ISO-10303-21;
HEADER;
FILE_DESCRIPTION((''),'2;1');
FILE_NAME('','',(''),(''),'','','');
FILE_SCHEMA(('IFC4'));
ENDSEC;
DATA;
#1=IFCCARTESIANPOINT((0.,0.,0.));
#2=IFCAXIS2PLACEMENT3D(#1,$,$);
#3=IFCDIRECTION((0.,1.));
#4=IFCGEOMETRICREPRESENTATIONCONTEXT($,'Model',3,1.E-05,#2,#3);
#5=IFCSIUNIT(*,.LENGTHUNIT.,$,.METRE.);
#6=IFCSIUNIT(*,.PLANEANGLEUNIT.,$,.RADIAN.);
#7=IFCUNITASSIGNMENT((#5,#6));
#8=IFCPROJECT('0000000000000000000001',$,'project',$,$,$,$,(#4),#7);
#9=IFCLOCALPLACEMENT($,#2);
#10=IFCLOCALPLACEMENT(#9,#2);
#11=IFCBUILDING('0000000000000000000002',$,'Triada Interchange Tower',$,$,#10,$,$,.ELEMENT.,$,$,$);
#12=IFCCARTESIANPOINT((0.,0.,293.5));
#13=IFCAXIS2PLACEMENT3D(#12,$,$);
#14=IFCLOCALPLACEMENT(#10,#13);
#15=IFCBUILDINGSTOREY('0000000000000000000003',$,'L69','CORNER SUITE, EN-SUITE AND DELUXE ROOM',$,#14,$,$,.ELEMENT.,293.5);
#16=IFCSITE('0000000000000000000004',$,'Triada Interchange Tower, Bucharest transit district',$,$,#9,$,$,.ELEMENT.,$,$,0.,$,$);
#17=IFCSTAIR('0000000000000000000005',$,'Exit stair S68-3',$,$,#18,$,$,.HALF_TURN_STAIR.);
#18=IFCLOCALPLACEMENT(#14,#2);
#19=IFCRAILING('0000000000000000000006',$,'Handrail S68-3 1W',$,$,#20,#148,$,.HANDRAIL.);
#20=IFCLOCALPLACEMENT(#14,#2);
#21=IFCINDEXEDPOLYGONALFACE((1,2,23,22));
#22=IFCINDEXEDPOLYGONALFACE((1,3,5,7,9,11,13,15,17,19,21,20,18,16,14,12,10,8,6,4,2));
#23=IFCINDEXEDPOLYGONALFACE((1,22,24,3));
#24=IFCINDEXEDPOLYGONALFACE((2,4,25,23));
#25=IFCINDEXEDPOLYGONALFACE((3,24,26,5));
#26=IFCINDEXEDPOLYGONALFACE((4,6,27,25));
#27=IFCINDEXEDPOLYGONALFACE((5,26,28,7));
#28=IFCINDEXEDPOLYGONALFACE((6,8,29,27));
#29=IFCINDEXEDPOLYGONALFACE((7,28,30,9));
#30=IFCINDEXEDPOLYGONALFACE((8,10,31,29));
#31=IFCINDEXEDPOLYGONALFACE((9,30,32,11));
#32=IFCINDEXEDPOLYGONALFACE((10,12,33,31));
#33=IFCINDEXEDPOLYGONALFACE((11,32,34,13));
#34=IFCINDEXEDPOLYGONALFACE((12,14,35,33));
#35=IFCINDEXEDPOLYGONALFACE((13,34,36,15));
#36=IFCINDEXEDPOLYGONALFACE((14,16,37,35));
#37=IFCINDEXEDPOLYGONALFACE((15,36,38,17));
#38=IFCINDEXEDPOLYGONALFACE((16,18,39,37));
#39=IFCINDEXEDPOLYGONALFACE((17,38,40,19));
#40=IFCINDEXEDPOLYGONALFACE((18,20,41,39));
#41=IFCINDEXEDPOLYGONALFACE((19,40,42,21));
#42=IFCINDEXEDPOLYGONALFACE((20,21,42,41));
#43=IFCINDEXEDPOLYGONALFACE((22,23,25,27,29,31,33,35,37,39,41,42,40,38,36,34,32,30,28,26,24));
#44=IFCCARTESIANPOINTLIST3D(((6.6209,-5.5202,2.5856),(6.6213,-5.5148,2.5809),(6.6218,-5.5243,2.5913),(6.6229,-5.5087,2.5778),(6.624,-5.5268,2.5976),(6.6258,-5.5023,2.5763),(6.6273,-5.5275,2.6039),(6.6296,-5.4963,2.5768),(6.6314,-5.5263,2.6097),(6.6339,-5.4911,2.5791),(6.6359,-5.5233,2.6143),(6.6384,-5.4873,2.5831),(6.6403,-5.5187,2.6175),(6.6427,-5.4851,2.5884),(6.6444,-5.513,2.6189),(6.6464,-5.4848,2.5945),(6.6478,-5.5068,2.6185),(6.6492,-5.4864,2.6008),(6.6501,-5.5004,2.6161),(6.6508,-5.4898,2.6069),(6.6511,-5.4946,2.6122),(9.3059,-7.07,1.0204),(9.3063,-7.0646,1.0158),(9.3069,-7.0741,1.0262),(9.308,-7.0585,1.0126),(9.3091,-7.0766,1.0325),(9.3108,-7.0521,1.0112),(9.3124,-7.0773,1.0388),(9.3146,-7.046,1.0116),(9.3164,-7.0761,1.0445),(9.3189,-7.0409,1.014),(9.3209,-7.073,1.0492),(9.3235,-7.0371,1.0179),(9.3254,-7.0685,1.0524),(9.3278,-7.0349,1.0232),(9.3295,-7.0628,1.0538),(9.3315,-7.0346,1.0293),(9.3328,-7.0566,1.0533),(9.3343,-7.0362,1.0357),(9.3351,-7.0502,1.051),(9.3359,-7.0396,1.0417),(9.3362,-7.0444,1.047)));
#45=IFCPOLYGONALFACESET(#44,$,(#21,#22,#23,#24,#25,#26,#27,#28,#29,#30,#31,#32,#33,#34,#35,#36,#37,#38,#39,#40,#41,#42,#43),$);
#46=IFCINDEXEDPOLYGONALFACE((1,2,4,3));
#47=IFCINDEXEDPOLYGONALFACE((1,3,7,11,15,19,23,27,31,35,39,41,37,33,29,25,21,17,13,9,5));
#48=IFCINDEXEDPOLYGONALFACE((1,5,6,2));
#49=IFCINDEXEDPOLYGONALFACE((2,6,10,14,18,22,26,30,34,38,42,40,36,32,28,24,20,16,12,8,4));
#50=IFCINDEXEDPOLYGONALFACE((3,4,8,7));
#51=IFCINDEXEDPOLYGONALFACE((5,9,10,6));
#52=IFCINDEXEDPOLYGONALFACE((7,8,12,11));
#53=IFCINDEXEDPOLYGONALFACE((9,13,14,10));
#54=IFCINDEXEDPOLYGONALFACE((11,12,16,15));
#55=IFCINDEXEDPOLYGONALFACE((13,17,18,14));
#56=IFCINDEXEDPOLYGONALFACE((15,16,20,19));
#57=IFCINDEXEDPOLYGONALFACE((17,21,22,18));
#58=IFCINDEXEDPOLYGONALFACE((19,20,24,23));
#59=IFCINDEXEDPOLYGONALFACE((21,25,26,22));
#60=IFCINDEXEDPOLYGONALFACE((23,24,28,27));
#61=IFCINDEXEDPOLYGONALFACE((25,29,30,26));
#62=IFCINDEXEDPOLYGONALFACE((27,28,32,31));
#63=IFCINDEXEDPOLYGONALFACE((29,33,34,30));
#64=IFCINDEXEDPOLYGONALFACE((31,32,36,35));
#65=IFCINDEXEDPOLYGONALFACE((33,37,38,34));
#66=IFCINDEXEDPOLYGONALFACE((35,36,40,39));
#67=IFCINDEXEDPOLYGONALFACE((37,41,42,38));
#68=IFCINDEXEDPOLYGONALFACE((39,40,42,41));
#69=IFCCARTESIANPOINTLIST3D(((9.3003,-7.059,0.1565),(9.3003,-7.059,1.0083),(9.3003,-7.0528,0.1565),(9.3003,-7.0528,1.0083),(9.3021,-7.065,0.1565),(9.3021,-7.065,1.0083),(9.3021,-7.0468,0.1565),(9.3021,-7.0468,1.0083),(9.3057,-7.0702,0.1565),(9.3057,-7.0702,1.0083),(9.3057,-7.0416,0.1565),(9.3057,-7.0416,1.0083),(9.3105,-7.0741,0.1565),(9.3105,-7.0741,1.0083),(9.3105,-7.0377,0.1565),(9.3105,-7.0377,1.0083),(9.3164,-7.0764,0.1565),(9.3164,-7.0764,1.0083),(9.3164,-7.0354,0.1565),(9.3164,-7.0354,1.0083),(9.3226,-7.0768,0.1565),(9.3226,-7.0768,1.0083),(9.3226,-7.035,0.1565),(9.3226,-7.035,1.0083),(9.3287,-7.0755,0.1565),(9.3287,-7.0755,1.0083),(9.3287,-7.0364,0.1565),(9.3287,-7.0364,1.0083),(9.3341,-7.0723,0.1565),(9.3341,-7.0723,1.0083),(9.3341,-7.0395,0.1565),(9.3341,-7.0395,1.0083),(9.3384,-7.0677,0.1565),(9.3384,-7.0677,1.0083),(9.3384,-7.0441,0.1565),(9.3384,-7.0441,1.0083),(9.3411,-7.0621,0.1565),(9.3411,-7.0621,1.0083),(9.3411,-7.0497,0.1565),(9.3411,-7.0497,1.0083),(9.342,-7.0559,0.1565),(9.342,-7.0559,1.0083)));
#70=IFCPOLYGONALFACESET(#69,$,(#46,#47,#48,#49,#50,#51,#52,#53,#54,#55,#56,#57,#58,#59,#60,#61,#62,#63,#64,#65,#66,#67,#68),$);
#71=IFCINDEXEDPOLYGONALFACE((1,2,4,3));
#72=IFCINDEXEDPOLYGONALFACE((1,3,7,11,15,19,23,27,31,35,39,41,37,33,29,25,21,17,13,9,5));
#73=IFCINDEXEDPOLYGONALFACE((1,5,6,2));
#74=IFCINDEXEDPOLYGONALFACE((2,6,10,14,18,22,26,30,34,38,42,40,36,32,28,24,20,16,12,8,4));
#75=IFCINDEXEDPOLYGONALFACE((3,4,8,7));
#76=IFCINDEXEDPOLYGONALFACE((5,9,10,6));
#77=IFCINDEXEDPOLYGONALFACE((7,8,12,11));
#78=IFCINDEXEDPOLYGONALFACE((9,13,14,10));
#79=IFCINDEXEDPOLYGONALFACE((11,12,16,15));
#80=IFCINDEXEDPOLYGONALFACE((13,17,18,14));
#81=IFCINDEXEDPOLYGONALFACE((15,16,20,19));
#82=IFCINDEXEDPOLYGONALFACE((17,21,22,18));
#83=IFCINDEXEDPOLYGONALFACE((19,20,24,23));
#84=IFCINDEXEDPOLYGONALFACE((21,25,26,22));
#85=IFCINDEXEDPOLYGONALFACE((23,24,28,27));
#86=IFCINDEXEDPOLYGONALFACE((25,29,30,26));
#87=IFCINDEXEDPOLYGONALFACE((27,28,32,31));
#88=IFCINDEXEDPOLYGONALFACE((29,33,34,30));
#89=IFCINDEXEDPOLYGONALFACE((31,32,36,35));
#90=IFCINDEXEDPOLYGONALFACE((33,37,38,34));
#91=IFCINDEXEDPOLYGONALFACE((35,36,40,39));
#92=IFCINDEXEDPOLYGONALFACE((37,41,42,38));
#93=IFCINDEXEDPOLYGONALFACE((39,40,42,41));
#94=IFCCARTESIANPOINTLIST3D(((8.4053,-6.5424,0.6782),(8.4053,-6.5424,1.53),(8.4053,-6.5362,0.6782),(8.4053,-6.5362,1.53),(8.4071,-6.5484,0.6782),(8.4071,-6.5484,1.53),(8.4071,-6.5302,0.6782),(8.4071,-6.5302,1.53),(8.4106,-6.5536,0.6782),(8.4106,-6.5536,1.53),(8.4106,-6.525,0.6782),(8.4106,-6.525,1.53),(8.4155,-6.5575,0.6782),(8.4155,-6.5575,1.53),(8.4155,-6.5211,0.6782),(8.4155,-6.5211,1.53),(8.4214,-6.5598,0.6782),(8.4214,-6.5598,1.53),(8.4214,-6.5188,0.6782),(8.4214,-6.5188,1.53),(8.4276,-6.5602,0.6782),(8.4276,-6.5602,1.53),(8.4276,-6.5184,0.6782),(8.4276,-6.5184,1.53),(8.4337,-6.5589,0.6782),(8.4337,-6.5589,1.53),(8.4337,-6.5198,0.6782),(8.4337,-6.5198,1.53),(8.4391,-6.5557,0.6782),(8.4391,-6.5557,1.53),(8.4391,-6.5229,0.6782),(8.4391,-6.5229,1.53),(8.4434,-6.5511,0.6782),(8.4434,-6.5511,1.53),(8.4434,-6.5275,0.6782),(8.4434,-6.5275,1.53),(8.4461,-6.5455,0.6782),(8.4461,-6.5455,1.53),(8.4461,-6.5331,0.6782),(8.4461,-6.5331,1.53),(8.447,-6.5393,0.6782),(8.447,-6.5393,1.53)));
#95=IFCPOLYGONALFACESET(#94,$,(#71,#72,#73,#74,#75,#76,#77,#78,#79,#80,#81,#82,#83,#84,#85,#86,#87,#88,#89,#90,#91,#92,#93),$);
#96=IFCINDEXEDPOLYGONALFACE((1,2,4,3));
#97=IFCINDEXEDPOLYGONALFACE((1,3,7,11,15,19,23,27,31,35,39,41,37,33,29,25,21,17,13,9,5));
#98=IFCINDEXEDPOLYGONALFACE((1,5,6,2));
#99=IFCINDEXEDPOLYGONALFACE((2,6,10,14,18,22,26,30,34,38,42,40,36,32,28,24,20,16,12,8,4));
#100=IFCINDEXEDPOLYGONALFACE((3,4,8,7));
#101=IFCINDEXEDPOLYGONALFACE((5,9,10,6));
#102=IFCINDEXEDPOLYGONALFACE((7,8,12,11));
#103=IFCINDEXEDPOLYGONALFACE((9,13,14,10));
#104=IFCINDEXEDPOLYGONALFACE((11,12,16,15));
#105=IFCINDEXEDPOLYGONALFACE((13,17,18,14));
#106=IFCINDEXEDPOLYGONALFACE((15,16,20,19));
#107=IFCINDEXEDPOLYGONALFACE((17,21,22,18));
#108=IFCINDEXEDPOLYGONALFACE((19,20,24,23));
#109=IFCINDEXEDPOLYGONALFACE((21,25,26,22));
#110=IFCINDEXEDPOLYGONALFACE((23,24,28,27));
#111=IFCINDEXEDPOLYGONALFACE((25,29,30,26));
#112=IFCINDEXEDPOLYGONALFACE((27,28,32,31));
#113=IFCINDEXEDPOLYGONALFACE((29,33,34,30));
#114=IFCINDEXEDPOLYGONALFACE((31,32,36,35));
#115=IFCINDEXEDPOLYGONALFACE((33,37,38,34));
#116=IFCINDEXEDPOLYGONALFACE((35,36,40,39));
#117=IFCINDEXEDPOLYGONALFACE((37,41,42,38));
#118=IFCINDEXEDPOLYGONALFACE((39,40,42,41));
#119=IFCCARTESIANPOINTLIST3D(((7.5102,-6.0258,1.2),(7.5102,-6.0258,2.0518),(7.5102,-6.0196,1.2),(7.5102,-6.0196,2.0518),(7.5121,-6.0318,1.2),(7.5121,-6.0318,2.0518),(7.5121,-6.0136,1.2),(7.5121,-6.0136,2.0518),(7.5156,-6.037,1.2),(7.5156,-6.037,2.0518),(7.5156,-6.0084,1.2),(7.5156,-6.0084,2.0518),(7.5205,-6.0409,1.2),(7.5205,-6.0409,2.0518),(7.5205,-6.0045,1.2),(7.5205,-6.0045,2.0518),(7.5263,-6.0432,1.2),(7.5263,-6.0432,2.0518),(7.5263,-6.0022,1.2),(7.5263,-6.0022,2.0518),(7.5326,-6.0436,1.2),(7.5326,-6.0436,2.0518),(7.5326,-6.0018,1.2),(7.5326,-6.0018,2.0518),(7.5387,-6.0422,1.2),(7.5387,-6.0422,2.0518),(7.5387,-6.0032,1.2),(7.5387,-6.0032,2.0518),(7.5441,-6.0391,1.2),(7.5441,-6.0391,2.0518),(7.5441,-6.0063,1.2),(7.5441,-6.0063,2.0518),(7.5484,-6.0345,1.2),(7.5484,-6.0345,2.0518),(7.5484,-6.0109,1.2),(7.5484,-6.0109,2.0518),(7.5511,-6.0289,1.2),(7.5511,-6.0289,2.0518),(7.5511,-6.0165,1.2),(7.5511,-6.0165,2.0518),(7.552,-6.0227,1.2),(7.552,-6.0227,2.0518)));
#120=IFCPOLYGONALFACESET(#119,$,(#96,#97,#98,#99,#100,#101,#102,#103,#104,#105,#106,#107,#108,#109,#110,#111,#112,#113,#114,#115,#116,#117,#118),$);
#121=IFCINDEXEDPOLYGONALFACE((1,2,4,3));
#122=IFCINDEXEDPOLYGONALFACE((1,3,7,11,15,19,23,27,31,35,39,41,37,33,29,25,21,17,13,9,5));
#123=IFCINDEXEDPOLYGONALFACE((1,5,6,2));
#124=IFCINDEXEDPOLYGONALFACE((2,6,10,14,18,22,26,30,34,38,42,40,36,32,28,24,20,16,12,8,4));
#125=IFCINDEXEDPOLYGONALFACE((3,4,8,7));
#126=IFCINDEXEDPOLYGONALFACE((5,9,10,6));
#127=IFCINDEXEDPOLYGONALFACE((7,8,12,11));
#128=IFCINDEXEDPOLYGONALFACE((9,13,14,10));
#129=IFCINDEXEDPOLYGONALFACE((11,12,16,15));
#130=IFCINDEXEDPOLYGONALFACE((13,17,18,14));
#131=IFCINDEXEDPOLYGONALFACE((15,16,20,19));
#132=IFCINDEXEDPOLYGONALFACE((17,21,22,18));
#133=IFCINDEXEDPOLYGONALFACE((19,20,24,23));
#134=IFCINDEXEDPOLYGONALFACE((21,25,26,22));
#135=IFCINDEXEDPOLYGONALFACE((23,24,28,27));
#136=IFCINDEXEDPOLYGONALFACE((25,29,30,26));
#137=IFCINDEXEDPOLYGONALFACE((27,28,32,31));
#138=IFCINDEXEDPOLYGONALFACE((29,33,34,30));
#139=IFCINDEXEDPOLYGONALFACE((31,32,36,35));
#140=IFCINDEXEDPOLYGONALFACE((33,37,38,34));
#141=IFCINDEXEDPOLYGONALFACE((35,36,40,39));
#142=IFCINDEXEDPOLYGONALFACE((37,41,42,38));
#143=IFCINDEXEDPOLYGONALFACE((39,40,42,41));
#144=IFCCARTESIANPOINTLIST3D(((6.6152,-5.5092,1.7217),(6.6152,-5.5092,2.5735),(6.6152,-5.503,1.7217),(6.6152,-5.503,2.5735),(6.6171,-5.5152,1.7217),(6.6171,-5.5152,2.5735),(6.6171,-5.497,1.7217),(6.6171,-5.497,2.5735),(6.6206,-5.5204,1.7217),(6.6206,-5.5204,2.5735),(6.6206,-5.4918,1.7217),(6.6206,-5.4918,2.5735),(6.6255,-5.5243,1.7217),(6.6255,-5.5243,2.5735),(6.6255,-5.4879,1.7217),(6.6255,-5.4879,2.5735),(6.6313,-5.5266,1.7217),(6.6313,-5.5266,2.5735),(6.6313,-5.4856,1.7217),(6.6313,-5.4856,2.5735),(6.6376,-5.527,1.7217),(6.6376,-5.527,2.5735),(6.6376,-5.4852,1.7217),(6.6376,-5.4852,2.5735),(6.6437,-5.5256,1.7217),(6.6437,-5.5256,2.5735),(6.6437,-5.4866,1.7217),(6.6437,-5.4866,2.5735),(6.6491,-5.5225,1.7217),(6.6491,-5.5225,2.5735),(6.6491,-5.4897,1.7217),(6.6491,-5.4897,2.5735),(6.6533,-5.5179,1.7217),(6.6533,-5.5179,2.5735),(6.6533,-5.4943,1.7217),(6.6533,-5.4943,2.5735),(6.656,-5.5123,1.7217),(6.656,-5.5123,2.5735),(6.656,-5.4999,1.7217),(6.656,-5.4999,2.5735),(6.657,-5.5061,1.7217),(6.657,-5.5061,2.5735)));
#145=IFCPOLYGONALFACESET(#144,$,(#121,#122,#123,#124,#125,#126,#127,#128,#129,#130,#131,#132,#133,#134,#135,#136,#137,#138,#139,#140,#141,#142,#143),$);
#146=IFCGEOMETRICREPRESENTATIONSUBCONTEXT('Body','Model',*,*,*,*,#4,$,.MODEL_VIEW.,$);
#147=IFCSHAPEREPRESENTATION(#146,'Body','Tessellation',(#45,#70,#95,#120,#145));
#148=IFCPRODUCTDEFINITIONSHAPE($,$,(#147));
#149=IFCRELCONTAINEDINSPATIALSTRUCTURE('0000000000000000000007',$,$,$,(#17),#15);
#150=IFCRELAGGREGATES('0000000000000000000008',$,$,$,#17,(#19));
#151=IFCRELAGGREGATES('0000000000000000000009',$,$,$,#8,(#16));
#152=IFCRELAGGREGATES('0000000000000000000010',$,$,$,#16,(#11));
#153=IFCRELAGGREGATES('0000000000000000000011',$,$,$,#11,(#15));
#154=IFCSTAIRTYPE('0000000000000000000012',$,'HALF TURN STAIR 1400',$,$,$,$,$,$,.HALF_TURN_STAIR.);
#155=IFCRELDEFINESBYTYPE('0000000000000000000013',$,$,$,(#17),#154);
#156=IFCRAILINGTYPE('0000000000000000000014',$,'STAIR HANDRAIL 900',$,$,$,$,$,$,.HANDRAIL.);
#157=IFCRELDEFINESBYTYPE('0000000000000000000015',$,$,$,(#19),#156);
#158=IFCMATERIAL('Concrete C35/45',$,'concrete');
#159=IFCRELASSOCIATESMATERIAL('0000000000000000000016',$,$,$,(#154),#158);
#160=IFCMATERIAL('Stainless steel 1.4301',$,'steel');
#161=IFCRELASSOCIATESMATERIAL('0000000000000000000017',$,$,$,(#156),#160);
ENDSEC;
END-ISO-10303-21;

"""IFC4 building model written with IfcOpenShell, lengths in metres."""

from ifc_helpers import new_model, si_unit, direction, frame, origin, origin_2d, place, context, subcontext, project, spatial, circle, extrude, material, type_object, element, aggregate, save


model = new_model("IFC4")

# Units and contexts
model_context = context("Model", 3, precision=1e-05, world=origin(), true_north=direction((0.0, 1.0)))
body_context = subcontext(model_context, "Body", "Model", "MODEL_VIEW")
ifc_project = project(units=[si_unit("LENGTHUNIT", "METRE"), si_unit("PLANEANGLEUNIT", "RADIAN")], contexts=[model_context])

# Site, building, storey
site_placement = place(None, origin())
site = spatial("IfcSite", under=ifc_project, at=site_placement, Name="Triada Interchange Tower, Bucharest transit district", CompositionType="ELEMENT", RefElevation=0.0)
building_placement = place(site_placement, origin())
building = spatial("IfcBuilding", under=site, at=building_placement, Name="Triada Interchange Tower", CompositionType="ELEMENT")
storey_placement = place(building_placement, frame((0.0, 0.0, 293.5)))
storey = spatial("IfcBuildingStorey", under=building, at=storey_placement, Name="L69", Description="CORNER SUITE, EN-SUITE AND DELUXE ROOM", CompositionType="ELEMENT", Elevation=293.5)

# Stair, railing
ifc_material_1 = material(Name="Concrete C35/45", Category="concrete")
stair_type = type_object("IfcStairType", Name="HALF TURN STAIR 1400", PredefinedType="HALF_TURN_STAIR", material=ifc_material_1)
stair_placement = place(storey_placement, origin())
stair = element("IfcStair", 1, at=stair_placement, inside=storey, type_object=stair_type, Name="Exit stair S68-3", PredefinedType="HALF_TURN_STAIR")
ifc_material_2 = material(Name="Stainless steel 1.4301", Category="steel")
railing_type = type_object("IfcRailingType", Name="STAIR HANDRAIL 900", PredefinedType="HANDRAIL", material=ifc_material_2)
railing_1_placement = place(storey_placement, frame((9.321, -7.0559, 0.1565)))
railing_1 = element("IfcRailing", 2, at=railing_1_placement, type_object=railing_type, Name="Handrail S68-3 1W", PredefinedType="HANDRAIL", context=body_context, shape_type="SweptSolid", body=[
    extrude(circle(Radius=0.0239, at=origin_2d()), frame((0.0, 0.0, 0.876), z_axis=(-0.773139, 0.446253, 0.450682), x_axis=(-0.4999, -0.866083, 0.0)), (0.0, 0.0, 1.0), 3.4729),
    extrude(circle(Radius=0.021, at=origin_2d()), origin(), (0.0, 0.0, 1.0), 0.8518),
    extrude(circle(Radius=0.021, at=origin_2d()), frame((-0.895, 0.5166, 0.5217)), (0.0, 0.0, 1.0), 0.8518),
    extrude(circle(Radius=0.021, at=origin_2d()), frame((-1.79, 1.0332, 1.0435)), (0.0, 0.0, 1.0), 0.8518),
    extrude(circle(Radius=0.021, at=origin_2d()), frame((-2.6851, 1.5498, 1.5652)), (0.0, 0.0, 1.0), 0.8518),
])
aggregate(stair, [railing_1])

save(model, "model.ifc")
